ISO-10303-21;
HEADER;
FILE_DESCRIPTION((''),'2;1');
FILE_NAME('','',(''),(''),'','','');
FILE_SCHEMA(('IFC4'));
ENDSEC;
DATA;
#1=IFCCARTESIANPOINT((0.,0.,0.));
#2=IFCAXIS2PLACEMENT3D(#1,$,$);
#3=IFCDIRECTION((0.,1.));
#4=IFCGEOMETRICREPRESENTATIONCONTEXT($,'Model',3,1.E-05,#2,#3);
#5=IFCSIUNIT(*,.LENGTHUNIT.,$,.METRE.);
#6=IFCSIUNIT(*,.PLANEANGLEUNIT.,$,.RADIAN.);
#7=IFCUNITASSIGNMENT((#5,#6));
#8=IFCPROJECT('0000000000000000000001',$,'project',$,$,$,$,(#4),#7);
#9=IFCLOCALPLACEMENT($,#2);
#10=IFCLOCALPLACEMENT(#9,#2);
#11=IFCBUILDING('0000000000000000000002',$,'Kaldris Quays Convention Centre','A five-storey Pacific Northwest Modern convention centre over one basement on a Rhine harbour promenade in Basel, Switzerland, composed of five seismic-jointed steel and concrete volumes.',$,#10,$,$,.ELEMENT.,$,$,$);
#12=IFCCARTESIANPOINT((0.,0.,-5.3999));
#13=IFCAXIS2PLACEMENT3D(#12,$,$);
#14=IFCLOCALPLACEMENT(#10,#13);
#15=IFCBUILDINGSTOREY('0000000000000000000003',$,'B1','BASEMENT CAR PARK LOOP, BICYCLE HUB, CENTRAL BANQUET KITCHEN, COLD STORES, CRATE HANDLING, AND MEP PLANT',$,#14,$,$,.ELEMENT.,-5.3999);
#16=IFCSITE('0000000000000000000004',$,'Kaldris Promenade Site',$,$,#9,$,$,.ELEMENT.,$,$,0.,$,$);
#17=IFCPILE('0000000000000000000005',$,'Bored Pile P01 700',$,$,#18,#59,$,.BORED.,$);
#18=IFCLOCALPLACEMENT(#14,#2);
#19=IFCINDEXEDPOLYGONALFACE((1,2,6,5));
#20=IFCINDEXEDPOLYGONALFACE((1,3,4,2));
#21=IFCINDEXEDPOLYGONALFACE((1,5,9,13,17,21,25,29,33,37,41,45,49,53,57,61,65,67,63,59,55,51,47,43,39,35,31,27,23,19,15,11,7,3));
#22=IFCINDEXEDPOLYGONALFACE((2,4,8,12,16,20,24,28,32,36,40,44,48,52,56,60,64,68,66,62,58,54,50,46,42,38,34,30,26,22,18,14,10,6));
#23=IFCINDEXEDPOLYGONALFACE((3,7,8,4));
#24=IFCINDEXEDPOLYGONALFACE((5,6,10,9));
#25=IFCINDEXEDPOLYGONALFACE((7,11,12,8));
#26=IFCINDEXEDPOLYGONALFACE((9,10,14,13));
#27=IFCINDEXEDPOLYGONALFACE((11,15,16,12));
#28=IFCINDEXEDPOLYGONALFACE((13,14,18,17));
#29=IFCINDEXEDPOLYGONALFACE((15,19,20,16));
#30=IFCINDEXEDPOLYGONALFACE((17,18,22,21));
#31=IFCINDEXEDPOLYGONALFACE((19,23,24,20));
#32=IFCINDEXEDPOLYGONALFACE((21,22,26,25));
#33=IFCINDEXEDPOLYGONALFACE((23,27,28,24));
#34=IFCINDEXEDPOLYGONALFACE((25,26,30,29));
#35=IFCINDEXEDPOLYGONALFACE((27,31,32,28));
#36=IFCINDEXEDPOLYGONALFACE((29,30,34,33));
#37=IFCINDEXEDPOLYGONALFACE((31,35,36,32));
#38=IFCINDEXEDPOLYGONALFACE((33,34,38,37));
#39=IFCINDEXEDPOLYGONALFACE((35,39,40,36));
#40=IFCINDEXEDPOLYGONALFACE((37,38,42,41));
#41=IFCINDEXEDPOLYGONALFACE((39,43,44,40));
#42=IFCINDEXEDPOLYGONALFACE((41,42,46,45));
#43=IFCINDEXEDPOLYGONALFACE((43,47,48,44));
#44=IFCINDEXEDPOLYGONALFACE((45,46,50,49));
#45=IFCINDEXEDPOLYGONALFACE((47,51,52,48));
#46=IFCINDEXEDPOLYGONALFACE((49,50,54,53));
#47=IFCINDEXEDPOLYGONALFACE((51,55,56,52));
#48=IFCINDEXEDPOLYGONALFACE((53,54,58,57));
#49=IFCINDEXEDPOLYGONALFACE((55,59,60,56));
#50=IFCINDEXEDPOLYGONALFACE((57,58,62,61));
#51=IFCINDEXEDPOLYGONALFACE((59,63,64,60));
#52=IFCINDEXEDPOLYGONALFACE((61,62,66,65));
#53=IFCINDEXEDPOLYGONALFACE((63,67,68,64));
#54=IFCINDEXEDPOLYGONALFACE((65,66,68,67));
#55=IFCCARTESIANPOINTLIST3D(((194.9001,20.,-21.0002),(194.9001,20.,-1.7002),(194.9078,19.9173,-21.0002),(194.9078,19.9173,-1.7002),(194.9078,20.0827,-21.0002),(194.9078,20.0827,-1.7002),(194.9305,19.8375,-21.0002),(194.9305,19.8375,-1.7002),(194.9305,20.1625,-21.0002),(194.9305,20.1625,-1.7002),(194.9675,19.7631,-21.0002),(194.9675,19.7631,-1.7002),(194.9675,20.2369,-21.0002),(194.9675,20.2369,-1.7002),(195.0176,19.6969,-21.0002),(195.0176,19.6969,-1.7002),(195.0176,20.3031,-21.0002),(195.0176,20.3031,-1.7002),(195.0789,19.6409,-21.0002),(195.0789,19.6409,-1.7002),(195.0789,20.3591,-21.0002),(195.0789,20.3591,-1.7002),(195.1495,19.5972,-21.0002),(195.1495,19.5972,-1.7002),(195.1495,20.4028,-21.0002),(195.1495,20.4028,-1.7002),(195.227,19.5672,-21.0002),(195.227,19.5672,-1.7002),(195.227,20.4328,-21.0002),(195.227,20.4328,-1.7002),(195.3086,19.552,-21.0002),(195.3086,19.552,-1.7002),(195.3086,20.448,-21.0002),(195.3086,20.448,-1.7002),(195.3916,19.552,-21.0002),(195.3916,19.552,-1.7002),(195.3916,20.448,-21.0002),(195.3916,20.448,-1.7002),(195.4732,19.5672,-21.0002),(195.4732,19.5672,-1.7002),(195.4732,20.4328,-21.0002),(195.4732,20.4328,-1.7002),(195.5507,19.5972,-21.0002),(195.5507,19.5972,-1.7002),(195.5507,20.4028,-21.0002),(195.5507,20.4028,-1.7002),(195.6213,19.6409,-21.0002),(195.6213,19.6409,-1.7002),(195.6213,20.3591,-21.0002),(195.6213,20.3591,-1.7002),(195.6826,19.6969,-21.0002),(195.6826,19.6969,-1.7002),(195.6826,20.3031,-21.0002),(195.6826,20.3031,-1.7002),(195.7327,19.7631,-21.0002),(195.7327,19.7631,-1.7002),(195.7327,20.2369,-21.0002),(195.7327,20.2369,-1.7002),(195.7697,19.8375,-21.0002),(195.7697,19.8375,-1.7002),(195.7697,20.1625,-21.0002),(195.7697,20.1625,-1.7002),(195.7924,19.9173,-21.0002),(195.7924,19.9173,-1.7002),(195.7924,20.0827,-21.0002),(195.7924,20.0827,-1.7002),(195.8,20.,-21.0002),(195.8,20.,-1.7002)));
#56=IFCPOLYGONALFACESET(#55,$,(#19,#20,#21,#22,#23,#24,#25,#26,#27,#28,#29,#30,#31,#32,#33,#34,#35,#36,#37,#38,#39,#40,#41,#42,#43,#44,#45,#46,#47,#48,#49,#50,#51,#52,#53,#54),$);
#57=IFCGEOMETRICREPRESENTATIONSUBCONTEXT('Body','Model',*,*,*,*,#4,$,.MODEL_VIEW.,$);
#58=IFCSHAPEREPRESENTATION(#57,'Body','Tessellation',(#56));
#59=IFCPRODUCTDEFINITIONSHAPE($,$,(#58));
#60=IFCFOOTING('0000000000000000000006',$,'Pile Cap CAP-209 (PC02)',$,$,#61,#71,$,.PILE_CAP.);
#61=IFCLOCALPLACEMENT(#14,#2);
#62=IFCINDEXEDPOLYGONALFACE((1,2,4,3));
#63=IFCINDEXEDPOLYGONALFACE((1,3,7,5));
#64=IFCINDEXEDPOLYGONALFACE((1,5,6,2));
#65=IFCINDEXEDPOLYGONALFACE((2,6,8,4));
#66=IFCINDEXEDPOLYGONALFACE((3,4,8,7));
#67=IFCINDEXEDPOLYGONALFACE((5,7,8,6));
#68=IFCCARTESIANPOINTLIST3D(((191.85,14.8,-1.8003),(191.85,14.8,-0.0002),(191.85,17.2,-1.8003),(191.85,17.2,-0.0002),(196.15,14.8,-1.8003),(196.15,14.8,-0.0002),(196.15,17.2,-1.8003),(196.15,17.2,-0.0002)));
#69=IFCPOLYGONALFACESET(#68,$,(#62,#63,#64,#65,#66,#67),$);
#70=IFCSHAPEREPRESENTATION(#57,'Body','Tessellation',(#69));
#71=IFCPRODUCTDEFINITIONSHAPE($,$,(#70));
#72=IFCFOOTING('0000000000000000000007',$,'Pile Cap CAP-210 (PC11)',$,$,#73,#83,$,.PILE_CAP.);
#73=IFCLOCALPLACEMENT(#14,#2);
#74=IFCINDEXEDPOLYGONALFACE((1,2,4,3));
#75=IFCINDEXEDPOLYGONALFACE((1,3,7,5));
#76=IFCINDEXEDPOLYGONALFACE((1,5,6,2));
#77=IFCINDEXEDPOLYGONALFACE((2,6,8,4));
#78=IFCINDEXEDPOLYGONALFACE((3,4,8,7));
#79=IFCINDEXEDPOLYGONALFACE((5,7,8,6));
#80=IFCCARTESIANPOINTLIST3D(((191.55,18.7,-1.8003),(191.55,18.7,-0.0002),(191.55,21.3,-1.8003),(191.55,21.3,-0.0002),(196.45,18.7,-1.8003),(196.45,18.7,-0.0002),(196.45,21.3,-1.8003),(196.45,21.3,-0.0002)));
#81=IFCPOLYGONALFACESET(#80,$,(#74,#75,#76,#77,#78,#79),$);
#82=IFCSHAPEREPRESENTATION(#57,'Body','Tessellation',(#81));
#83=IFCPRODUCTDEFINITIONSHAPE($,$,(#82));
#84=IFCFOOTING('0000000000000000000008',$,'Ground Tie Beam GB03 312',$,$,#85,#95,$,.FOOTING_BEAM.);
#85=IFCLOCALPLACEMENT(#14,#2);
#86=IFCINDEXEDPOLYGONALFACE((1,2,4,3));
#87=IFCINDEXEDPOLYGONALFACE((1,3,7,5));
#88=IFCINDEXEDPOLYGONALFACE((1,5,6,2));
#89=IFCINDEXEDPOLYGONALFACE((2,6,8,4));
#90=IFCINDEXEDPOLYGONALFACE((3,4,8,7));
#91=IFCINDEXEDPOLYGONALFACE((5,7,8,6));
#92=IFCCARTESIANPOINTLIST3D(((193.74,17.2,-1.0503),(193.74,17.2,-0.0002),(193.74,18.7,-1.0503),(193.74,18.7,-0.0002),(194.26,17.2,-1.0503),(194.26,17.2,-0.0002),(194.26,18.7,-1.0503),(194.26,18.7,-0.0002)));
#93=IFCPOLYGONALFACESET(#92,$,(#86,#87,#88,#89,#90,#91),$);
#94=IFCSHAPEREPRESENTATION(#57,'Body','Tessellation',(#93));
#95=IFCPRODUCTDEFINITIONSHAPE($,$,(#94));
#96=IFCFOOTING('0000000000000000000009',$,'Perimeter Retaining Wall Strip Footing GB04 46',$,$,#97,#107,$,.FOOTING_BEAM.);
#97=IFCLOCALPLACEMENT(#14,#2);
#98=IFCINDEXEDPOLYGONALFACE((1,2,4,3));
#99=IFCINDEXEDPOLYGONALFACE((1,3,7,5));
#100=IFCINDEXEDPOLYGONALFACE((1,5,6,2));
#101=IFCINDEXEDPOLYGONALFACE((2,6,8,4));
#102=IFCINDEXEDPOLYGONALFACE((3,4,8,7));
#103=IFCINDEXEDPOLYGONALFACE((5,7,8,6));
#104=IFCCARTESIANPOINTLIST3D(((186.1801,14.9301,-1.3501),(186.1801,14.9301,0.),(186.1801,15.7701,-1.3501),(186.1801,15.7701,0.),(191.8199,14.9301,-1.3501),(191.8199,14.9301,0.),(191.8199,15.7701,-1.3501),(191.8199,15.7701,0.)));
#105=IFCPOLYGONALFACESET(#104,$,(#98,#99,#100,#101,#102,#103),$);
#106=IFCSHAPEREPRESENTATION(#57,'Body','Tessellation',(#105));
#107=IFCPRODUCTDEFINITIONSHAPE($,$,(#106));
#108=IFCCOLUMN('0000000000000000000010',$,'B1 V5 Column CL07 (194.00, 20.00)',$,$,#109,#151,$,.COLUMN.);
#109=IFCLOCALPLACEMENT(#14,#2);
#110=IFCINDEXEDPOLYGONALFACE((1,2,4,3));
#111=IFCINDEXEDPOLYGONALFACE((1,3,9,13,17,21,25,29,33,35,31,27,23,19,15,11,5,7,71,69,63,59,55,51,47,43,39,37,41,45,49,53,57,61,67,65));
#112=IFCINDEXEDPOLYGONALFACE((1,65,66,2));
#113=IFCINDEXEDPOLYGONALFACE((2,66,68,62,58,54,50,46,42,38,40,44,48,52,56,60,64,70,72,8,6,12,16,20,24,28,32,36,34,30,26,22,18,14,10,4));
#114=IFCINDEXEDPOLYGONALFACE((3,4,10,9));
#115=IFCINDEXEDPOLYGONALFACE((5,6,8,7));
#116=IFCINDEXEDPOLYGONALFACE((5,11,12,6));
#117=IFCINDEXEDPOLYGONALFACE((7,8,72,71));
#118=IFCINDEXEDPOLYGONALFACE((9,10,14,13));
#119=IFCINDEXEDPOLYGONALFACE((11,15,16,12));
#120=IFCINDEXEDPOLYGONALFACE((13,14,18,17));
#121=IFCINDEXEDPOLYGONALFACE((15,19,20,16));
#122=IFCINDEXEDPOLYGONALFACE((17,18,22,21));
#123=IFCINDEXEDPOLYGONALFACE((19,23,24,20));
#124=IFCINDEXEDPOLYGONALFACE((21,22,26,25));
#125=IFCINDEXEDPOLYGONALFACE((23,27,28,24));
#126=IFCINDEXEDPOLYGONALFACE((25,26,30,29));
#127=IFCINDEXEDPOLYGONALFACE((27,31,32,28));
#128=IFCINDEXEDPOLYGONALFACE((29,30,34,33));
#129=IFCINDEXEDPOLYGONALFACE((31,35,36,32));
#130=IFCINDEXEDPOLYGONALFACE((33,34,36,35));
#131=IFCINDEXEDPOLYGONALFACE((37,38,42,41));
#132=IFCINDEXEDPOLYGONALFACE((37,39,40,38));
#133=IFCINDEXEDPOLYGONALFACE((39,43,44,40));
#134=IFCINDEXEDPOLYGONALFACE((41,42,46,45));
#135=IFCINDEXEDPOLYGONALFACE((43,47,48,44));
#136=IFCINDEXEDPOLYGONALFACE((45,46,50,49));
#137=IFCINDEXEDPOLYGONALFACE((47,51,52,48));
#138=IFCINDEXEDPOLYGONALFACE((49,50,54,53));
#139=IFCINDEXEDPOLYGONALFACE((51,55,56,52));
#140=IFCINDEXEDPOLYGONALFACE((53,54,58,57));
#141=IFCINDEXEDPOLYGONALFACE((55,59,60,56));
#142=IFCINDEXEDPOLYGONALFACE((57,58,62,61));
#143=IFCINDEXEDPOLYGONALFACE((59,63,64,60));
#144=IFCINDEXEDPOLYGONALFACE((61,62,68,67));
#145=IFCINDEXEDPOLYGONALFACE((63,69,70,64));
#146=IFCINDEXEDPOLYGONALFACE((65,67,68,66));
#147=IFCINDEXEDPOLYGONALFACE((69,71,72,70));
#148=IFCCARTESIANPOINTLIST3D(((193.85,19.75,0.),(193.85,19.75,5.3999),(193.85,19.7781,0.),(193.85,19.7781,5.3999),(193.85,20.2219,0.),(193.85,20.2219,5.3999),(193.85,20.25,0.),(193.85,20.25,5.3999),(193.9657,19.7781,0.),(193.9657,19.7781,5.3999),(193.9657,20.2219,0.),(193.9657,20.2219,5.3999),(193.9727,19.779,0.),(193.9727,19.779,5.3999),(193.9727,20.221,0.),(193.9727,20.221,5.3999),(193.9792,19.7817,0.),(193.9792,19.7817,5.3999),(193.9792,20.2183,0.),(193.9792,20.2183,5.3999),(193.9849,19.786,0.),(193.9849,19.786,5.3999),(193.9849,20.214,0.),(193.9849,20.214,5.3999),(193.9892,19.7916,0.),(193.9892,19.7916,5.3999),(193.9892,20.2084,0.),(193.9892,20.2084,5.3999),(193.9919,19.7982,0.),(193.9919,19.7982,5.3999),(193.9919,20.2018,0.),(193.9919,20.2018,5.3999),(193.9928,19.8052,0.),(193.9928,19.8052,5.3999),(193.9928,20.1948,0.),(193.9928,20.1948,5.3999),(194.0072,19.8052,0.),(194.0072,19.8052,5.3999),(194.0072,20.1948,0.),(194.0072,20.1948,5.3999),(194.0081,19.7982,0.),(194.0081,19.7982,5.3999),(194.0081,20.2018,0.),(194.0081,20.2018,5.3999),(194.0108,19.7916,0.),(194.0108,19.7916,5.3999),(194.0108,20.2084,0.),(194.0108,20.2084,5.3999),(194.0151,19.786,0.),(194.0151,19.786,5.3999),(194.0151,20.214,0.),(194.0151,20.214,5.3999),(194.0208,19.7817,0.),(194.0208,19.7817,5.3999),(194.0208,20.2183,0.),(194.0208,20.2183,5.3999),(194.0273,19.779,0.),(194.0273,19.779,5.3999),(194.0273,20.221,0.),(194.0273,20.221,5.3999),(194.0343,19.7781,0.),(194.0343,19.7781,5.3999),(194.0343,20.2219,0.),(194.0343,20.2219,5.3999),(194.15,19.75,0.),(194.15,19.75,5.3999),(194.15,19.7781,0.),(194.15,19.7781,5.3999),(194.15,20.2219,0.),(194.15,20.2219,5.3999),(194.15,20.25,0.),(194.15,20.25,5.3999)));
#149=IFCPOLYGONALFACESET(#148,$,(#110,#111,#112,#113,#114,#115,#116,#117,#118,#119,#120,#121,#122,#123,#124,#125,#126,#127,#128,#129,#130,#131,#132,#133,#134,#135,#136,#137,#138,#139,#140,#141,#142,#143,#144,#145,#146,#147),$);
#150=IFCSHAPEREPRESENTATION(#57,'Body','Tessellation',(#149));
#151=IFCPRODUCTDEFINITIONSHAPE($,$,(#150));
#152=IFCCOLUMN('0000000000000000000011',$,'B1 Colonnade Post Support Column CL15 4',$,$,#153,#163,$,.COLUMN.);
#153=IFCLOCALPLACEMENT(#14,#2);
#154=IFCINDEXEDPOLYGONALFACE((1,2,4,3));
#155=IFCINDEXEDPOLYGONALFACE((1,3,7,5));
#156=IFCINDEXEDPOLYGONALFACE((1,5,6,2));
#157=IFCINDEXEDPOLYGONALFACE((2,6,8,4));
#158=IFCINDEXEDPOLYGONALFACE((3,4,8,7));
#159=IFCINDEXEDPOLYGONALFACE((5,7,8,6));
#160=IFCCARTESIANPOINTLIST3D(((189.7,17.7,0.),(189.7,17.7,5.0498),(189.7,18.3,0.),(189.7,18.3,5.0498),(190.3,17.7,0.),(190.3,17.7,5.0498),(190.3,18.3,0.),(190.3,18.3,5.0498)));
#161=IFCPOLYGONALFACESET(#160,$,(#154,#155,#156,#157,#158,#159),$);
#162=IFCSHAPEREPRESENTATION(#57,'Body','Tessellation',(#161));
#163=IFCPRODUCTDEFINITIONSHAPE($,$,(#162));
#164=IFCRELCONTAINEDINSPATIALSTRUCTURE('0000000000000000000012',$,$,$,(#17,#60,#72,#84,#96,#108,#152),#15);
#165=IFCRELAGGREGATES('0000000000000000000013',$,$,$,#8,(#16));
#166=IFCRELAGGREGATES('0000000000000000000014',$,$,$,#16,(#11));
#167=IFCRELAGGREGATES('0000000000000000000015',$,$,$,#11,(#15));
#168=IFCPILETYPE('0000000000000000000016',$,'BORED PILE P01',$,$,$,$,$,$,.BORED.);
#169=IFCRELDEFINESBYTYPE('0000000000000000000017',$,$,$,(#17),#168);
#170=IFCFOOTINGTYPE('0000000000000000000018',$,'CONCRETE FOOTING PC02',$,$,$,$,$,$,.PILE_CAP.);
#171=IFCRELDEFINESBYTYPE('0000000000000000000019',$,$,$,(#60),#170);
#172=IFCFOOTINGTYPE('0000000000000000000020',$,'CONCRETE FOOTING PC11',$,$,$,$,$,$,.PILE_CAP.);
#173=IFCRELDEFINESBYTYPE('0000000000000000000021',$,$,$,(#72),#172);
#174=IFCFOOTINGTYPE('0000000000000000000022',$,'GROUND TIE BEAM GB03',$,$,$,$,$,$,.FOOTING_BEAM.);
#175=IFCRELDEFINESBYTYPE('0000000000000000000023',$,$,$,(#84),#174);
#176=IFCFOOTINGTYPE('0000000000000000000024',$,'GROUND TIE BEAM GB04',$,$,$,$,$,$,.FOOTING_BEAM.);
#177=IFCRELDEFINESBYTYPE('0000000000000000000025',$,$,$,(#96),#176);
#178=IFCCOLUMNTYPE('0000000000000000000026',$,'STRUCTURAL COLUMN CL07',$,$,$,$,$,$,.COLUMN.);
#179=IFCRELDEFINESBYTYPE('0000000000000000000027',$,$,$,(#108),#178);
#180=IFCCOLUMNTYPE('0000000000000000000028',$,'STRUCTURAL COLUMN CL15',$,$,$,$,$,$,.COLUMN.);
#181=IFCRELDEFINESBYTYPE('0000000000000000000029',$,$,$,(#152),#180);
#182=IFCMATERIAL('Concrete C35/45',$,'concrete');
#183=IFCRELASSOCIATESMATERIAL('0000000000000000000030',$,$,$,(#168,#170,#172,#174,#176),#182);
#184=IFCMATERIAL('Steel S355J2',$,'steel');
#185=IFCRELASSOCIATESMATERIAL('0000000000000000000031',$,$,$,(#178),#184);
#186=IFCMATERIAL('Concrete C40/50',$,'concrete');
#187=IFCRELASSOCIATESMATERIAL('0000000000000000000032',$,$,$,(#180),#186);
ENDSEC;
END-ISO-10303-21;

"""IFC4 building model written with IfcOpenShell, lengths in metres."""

from ifc_helpers import new_model, si_unit, direction, frame, origin, origin_2d, place, context, subcontext, project, spatial, rectangle, circle, i_section, extrude, material, material_profile, profile_set, type_object, element, save


model = new_model("IFC4")

# Units and contexts
model_context = context("Model", 3, precision=1e-05, world=origin(), true_north=direction((0.0, 1.0)))
body_context = subcontext(model_context, "Body", "Model", "MODEL_VIEW")
ifc_project = project(units=[si_unit("LENGTHUNIT", "METRE"), si_unit("PLANEANGLEUNIT", "RADIAN")], contexts=[model_context])

# Site, building, storey
site_placement = place(None, origin())
site = spatial("IfcSite", under=ifc_project, at=site_placement, Name="Kaldris Promenade Site", CompositionType="ELEMENT", RefElevation=0.0)
building_placement = place(site_placement, origin())
building = spatial("IfcBuilding", under=site, at=building_placement, Name="Kaldris Quays Convention Centre", Description="A five-storey Pacific Northwest Modern convention centre over one basement on a Rhine harbour promenade in Basel, Switzerland, composed of five seismic-jointed steel and concrete volumes.", CompositionType="ELEMENT")
storey_placement = place(building_placement, frame((0.0, 0.0, -5.3999)))
storey = spatial("IfcBuildingStorey", under=building, at=storey_placement, Name="B1", Description="BASEMENT CAR PARK LOOP, BICYCLE HUB, CENTRAL BANQUET KITCHEN, COLD STORES, CRATE HANDLING, AND MEP PLANT", CompositionType="ELEMENT", Elevation=-5.3999)

# Pile
ifc_material_1 = material(Name="Concrete C35/45", Category="concrete")
ifc_material_profile_1 = material_profile(ifc_material_1, circle(Radius=0.45, at=origin_2d()), Name="BORED PILE D900")
ifc_profile_set_1 = profile_set([ifc_material_profile_1], Name="Concrete C35/45")
pile_type = type_object("IfcPileType", Name="BORED PILE P01", PredefinedType="BORED", material=ifc_profile_set_1)
for number, where, z_axis, x_axis, name in (
    (1, (195.3501, 20.0, -1.7002), (0.0, 0.0, -1.0), (1.0, 0.0, 0.0), "Bored Pile P01 700"),
):
    element("IfcPile", number, at=place(storey_placement, frame(where, z_axis=z_axis, x_axis=x_axis)), inside=storey, type_object=pile_type, Name=name, PredefinedType="BORED", context=body_context, shape_type="SweptSolid", body=[
        extrude(circle(Radius=0.45, at=origin_2d()), origin(), (0.0, 0.0, 1.0), 19.3),
    ])

# Footings
footing_type_1 = type_object("IfcFootingType", Name="CONCRETE FOOTING PC02", PredefinedType="PILE_CAP", material=ifc_material_1)
footing_1_placement = place(storey_placement, frame((194.0, 16.0, -1.8003), z_axis=(0.0, 0.0, 1.0), x_axis=(1.0, 0.0, 0.0)))
element("IfcFooting", 2, at=footing_1_placement, inside=storey, type_object=footing_type_1, Name="Pile Cap CAP-209 (PC02)", PredefinedType="PILE_CAP", context=body_context, shape_type="SweptSolid", body=[
    extrude(rectangle(XDim=4.3, YDim=2.3999, at=origin_2d()), origin(), (0.0, 0.0, 1.0), 1.8),
])
footing_type_2 = type_object("IfcFootingType", Name="CONCRETE FOOTING PC11", PredefinedType="PILE_CAP", material=ifc_material_1)
footing_2_placement = place(storey_placement, frame((194.0, 20.0, -1.8003), z_axis=(0.0, 0.0, 1.0), x_axis=(1.0, 0.0, 0.0)))
element("IfcFooting", 3, at=footing_2_placement, inside=storey, type_object=footing_type_2, Name="Pile Cap CAP-210 (PC11)", PredefinedType="PILE_CAP", context=body_context, shape_type="SweptSolid", body=[
    extrude(rectangle(XDim=4.8999, YDim=2.6001, at=origin_2d()), origin(), (0.0, 0.0, 1.0), 1.8),
])
footing_type_3 = type_object("IfcFootingType", Name="GROUND TIE BEAM GB03", PredefinedType="FOOTING_BEAM", material=ifc_material_1)
footing_3_placement = place(storey_placement, frame((194.0, 17.95, -1.0503), z_axis=(0.0, 0.0, 1.0), x_axis=(1.0, 0.0, 0.0)))
element("IfcFooting", 4, at=footing_3_placement, inside=storey, type_object=footing_type_3, Name="Ground Tie Beam GB03 312", PredefinedType="FOOTING_BEAM", context=body_context, shape_type="SweptSolid", body=[
    extrude(rectangle(XDim=0.52, YDim=1.5, at=origin_2d()), origin(), (0.0, 0.0, 1.0), 1.05),
])
footing_type_4 = type_object("IfcFootingType", Name="GROUND TIE BEAM GB04", PredefinedType="FOOTING_BEAM", material=ifc_material_1)
footing_4_placement = place(storey_placement, frame((189.0, 15.3501, -1.3501), z_axis=(0.0, 0.0, 1.0), x_axis=(1.0, 0.0, 0.0)))
element("IfcFooting", 5, at=footing_4_placement, inside=storey, type_object=footing_type_4, Name="Perimeter Retaining Wall Strip Footing GB04 46", PredefinedType="FOOTING_BEAM", context=body_context, shape_type="SweptSolid", body=[
    extrude(rectangle(XDim=5.6399, YDim=0.8401, at=origin_2d()), origin(), (0.0, 0.0, 1.0), 1.3501),
])

# Columns
ifc_material_2 = material(Name="Steel S355J2", Category="steel")
ifc_material_profile_2 = material_profile(ifc_material_2, i_section(OverallWidth=0.3, OverallDepth=0.5, WebThickness=0.0144, FlangeThickness=0.0281, FilletRadius=0.0271, at=origin_2d()), Name="HEB 500")
ifc_profile_set_2 = profile_set([ifc_material_profile_2], Name="Steel S355J2")
column_type_1 = type_object("IfcColumnType", Name="STRUCTURAL COLUMN CL07", PredefinedType="COLUMN", material=ifc_profile_set_2)
column_1_placement = place(storey_placement, frame((194.0, 20.0, 0.0), z_axis=(0.0, 0.0, 1.0), x_axis=(1.0, 0.0, 0.0)))
element("IfcColumn", 6, at=column_1_placement, inside=storey, type_object=column_type_1, Name="B1 V5 Column CL07 (194.00, 20.00)", PredefinedType="COLUMN", context=body_context, shape_type="SweptSolid", body=[
    extrude(i_section(OverallWidth=0.3, OverallDepth=0.5, WebThickness=0.0144, FlangeThickness=0.0281, FilletRadius=0.0271, at=origin_2d()), origin(), (0.0, 0.0, 1.0), 5.3999),
])
ifc_material_3 = material(Name="Concrete C40/50", Category="concrete")
ifc_material_profile_3 = material_profile(ifc_material_3, rectangle(XDim=0.6001, YDim=0.6001, at=origin_2d()), Name="RC 600x600")
ifc_profile_set_3 = profile_set([ifc_material_profile_3], Name="Concrete C40/50")
column_type_2 = type_object("IfcColumnType", Name="STRUCTURAL COLUMN CL15", PredefinedType="COLUMN", material=ifc_profile_set_3)
column_2_placement = place(storey_placement, frame((190.0, 18.0, 0.0), z_axis=(0.0, 0.0, 1.0), x_axis=(1.0, 0.0, 0.0)))
element("IfcColumn", 7, at=column_2_placement, inside=storey, type_object=column_type_2, Name="B1 Colonnade Post Support Column CL15 4", PredefinedType="COLUMN", context=body_context, shape_type="SweptSolid", body=[
    extrude(rectangle(XDim=0.6001, YDim=0.6001, at=origin_2d()), origin(), (0.0, 0.0, 1.0), 5.0498),
])

save(model, "model.ifc")
